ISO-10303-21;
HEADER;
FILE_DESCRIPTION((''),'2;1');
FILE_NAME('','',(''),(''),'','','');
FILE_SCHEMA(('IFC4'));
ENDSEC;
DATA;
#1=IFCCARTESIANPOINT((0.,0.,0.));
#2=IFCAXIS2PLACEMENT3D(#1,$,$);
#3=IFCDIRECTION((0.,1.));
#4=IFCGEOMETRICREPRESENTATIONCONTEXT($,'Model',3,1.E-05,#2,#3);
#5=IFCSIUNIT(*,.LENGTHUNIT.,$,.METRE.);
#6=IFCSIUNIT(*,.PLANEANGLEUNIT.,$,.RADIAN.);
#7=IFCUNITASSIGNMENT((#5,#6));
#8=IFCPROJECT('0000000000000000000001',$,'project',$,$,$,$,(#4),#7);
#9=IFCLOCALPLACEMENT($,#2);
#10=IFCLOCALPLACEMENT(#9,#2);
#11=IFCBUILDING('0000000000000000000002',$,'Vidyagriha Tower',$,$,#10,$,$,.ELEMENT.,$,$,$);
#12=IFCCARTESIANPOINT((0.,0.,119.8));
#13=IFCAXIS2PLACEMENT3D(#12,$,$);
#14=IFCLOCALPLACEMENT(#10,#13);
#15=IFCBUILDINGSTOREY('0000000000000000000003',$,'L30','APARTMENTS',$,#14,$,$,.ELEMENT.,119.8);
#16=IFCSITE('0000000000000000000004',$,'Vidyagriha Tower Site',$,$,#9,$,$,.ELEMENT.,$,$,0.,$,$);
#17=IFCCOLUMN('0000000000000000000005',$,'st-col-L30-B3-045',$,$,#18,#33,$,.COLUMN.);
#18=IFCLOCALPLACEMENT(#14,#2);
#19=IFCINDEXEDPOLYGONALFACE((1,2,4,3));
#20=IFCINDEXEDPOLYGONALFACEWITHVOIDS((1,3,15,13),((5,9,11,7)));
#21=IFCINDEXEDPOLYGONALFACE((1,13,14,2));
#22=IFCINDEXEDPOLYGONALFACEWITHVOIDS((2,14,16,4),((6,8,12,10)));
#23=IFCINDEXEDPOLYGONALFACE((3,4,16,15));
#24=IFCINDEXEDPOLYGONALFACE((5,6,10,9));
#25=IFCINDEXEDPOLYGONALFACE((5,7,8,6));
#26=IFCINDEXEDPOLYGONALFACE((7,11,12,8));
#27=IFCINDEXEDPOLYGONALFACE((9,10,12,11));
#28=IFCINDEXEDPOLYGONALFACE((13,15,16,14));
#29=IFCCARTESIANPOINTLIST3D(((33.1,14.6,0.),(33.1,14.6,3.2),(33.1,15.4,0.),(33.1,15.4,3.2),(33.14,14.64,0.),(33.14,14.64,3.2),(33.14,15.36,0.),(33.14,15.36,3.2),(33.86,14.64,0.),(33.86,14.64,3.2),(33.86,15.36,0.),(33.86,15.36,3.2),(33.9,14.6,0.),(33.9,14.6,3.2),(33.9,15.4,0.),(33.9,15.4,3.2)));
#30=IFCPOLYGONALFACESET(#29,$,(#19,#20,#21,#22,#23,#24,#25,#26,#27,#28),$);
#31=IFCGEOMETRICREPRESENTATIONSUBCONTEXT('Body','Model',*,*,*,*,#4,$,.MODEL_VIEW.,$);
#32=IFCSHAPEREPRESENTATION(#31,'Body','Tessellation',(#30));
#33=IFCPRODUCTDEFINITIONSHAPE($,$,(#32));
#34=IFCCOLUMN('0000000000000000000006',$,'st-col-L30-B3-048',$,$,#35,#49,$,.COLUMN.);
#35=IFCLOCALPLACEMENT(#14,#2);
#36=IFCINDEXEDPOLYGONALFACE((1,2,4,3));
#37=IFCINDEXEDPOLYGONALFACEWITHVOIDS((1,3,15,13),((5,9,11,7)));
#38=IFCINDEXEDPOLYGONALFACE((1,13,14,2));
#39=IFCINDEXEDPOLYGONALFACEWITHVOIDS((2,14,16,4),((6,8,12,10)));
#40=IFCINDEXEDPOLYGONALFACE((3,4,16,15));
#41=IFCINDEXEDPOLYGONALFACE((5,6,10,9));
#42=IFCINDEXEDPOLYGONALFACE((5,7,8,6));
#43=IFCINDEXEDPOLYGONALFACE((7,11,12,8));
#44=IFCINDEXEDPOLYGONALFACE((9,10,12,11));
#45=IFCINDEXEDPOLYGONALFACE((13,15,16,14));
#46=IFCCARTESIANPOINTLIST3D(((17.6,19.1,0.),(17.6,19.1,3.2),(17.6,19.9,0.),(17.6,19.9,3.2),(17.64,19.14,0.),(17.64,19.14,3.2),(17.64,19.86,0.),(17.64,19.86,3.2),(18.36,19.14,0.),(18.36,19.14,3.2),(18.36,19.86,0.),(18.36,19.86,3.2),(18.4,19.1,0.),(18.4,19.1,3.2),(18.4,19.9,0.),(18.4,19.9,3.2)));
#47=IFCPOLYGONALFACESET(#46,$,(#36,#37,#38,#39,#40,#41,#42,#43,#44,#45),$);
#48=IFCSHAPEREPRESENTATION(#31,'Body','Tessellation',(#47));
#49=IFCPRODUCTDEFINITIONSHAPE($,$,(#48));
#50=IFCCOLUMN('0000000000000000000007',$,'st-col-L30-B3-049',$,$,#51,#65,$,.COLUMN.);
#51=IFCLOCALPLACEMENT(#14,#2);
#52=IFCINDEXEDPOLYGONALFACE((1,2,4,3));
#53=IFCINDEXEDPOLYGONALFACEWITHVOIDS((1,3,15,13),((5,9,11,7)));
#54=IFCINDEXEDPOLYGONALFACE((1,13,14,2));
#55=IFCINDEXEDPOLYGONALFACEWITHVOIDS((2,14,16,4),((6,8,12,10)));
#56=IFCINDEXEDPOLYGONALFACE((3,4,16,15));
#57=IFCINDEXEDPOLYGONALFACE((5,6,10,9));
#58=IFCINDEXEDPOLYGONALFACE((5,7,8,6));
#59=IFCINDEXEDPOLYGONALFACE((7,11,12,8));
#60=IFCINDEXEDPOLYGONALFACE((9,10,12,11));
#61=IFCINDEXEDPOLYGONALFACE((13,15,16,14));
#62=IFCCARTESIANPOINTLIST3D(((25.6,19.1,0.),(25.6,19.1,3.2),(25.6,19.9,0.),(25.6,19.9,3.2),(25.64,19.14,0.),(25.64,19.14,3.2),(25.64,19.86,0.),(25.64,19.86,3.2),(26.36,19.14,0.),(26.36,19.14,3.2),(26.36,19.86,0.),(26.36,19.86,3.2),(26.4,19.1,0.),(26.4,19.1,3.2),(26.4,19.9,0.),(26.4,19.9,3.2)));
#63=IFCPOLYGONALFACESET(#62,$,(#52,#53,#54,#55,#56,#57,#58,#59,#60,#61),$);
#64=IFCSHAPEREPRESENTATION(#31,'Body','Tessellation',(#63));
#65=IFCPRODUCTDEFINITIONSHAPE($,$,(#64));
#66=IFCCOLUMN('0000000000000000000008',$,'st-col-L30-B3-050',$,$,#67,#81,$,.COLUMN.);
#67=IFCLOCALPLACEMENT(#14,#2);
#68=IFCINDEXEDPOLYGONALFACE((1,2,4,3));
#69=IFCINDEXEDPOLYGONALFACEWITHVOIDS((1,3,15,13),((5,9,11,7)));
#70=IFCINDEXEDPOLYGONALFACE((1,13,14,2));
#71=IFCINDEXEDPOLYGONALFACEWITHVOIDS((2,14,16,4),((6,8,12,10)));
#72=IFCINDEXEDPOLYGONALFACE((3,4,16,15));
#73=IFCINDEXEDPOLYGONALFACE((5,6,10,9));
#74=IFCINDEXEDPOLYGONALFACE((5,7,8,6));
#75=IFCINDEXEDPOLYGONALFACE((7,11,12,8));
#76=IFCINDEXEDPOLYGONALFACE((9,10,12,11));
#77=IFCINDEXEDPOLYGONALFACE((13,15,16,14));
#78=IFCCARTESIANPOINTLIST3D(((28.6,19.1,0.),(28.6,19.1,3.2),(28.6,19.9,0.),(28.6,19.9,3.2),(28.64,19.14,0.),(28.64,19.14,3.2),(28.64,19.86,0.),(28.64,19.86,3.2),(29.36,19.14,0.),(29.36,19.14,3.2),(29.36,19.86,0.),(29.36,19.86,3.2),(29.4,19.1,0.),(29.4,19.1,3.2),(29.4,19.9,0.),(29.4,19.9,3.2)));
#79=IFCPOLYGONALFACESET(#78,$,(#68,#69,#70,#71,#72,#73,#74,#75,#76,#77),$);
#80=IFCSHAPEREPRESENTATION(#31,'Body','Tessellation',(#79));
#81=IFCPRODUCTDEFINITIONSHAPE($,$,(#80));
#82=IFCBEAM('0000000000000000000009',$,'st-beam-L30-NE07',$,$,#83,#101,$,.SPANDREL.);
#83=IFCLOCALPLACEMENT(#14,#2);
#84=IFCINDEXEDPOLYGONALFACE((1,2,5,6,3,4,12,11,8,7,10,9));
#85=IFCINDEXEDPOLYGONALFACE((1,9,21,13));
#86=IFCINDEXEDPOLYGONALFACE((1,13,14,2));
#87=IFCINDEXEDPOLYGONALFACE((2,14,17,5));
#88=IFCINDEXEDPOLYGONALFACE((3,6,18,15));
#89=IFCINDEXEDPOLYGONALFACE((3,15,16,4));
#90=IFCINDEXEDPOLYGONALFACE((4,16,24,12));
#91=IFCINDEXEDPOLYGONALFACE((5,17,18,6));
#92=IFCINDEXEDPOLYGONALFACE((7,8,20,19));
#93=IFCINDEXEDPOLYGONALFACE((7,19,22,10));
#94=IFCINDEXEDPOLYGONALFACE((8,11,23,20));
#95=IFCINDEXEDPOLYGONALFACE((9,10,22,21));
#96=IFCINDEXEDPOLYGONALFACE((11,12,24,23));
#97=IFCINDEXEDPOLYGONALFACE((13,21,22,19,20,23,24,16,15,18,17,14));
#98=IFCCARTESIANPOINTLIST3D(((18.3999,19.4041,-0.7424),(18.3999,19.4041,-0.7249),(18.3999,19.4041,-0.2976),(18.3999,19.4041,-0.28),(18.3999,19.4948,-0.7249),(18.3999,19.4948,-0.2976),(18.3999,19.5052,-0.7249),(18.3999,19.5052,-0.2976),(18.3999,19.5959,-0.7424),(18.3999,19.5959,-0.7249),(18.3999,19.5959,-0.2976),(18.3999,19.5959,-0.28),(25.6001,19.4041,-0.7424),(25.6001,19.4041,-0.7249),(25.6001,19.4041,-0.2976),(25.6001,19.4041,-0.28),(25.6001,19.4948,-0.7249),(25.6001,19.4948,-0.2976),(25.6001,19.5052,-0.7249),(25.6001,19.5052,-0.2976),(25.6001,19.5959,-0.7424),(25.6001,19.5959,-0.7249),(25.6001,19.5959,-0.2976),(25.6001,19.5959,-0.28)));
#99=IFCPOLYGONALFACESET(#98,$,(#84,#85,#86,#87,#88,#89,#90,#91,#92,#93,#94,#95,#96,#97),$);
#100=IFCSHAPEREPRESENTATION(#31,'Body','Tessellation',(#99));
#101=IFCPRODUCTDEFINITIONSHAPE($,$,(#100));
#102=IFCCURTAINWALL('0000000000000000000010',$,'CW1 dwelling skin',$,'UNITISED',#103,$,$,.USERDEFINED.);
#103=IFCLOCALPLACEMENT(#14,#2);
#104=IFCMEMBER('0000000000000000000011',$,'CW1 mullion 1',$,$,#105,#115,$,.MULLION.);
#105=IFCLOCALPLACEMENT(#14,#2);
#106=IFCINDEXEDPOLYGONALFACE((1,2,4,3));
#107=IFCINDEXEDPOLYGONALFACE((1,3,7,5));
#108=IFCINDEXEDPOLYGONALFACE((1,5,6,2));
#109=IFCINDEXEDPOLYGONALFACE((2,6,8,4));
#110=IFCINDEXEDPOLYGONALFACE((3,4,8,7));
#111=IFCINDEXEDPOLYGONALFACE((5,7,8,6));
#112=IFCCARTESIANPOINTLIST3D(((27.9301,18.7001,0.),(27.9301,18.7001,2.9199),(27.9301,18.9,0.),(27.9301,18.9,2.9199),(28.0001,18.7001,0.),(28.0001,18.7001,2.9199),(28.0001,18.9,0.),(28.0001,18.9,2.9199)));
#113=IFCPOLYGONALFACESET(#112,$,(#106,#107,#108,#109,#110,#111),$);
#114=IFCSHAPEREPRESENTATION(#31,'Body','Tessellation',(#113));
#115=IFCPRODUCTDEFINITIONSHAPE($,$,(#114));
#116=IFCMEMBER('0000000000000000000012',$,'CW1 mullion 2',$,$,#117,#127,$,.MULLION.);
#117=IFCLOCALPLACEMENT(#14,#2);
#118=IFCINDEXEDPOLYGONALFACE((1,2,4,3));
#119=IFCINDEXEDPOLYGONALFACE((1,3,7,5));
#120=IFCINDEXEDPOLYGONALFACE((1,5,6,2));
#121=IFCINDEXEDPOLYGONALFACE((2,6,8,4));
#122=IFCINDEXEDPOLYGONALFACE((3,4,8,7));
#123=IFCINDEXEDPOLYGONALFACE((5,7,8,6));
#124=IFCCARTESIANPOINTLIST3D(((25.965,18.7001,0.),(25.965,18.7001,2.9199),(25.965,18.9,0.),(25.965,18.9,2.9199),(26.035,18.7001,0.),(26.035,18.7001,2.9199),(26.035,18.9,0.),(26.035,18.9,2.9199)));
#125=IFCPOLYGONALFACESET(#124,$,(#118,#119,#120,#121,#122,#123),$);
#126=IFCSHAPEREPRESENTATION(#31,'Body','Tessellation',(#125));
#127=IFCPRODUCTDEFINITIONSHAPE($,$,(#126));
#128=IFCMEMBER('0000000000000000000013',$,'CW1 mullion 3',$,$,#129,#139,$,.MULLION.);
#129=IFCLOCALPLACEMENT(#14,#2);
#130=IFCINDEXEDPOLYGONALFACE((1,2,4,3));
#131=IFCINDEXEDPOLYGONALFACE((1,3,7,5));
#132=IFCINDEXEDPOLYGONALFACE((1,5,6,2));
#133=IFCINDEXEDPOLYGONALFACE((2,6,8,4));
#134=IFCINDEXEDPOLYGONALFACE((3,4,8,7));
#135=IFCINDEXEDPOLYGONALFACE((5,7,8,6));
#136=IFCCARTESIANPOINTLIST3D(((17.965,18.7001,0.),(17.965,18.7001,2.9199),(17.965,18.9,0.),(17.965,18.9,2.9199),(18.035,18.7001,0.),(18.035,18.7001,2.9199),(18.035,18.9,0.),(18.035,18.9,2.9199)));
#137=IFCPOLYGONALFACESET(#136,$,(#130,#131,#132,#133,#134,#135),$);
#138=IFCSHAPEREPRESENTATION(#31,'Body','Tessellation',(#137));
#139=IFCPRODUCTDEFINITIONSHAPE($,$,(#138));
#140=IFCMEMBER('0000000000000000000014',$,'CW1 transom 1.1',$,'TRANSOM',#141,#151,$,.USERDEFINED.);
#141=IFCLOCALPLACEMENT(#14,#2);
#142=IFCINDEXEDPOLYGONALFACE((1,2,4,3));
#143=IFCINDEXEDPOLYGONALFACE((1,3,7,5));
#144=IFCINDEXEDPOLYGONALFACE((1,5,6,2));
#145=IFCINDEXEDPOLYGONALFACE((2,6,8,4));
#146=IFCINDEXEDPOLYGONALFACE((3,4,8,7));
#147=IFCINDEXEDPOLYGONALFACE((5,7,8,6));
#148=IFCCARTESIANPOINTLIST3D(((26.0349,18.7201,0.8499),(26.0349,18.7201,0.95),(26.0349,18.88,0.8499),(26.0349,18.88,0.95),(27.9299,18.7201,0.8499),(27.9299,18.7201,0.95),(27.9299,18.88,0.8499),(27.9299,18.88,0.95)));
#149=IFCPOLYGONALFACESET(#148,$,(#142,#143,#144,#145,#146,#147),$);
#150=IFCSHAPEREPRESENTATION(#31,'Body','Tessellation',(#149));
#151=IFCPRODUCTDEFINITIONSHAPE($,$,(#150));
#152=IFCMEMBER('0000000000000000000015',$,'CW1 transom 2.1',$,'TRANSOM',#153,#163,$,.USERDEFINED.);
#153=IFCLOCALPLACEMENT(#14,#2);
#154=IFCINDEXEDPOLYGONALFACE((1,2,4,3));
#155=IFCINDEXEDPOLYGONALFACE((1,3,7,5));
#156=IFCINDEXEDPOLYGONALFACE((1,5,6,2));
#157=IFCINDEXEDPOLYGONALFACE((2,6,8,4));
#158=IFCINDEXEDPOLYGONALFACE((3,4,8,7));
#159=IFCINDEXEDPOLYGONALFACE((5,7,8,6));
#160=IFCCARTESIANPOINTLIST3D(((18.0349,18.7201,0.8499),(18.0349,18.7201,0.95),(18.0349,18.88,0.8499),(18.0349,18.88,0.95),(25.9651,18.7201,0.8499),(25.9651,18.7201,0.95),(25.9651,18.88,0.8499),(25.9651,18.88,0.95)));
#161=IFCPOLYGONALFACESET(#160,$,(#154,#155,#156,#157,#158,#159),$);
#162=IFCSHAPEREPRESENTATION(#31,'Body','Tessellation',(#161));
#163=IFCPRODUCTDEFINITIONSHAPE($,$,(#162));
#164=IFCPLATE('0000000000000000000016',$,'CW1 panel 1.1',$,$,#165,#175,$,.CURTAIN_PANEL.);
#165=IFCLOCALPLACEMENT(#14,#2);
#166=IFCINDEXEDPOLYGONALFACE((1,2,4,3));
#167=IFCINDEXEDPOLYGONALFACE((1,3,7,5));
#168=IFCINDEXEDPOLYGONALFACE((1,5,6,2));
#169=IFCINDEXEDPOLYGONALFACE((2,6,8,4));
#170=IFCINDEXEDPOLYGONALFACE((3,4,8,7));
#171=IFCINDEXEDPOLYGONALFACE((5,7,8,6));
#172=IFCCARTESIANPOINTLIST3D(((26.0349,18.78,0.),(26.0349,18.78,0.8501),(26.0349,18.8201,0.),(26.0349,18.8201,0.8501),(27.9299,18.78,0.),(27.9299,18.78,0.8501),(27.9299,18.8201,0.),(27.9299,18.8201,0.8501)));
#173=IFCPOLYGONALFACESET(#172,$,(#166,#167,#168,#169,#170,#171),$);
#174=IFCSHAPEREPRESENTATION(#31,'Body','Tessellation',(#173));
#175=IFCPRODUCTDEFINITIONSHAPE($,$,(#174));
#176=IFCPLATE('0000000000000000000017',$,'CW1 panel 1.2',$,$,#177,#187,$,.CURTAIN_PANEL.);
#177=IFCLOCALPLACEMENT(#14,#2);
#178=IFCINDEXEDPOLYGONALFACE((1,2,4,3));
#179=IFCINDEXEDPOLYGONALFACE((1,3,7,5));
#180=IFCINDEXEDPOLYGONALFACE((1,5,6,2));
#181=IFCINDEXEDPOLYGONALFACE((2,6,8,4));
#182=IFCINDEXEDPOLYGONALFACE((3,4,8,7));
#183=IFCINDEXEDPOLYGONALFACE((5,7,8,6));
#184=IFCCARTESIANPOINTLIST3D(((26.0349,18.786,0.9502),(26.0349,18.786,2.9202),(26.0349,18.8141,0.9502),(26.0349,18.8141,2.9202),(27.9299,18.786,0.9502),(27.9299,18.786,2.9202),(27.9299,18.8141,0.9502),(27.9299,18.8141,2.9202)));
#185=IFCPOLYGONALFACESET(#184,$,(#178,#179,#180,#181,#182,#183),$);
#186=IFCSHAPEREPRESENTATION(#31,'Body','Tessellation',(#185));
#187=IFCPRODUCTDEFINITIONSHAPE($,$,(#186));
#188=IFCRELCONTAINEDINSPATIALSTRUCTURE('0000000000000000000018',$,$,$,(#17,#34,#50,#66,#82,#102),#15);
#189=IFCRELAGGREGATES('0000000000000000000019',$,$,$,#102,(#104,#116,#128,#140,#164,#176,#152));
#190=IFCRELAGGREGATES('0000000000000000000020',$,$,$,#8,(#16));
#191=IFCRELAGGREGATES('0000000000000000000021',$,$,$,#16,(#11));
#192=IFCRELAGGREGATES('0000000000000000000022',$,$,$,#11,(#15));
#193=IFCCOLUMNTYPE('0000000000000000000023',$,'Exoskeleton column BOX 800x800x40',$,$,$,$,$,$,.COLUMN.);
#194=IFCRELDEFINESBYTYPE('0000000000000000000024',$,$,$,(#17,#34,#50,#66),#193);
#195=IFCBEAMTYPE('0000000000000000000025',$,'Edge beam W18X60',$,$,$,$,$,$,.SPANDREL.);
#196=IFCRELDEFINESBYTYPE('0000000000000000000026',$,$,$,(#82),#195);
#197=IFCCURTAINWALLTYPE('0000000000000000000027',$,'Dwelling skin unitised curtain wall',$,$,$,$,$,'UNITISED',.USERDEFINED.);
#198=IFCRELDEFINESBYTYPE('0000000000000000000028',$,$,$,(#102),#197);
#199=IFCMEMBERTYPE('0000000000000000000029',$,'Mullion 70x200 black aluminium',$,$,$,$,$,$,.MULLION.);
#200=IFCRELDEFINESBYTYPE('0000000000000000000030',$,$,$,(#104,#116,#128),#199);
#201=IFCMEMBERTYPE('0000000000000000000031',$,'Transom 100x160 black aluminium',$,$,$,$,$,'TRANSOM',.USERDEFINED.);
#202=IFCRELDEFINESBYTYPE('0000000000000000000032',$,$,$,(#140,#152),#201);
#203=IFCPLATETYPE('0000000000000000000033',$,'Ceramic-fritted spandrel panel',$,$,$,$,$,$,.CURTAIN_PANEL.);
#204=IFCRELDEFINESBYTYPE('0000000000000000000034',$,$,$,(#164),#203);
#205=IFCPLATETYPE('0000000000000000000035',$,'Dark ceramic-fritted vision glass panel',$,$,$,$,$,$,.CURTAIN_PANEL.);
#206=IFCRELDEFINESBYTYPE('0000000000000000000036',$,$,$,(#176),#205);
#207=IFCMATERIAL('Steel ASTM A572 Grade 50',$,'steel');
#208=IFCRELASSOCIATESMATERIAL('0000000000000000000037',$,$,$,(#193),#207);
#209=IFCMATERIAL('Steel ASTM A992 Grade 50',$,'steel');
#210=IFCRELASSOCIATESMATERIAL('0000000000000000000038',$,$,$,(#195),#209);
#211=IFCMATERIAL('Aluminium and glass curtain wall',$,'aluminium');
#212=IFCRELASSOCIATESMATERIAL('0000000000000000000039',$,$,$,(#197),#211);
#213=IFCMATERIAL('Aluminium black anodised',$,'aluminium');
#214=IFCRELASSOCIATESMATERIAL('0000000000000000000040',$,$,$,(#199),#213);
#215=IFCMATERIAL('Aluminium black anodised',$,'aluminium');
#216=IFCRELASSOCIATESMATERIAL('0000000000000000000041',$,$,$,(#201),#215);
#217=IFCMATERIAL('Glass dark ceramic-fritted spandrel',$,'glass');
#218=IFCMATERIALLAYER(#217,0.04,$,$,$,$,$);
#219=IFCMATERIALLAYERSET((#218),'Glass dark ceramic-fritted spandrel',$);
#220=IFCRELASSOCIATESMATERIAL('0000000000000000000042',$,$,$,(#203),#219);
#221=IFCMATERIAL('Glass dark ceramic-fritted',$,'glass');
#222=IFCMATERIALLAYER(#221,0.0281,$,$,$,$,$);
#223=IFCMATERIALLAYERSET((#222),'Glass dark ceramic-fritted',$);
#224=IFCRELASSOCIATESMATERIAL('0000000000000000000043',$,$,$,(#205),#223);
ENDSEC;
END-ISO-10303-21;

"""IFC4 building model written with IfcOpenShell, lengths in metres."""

from ifc_helpers import new_model, si_unit, direction, frame, origin, origin_2d, place, context, subcontext, project, spatial, rectangle, hollow_rectangle, i_section, extrude, material, layer, layer_set, material_profile, profile_set, type_object, element, aggregate, save


model = new_model("IFC4")

# Units and contexts
model_context = context("Model", 3, precision=1e-05, world=origin(), true_north=direction((0.0, 1.0)))
body_context = subcontext(model_context, "Body", "Model", "MODEL_VIEW")
ifc_project = project(units=[si_unit("LENGTHUNIT", "METRE"), si_unit("PLANEANGLEUNIT", "RADIAN")], contexts=[model_context])

# Site, building, storey
site_placement = place(None, origin())
site = spatial("IfcSite", under=ifc_project, at=site_placement, Name="Vidyagriha Tower Site", CompositionType="ELEMENT", RefElevation=0.0)
building_placement = place(site_placement, origin())
building = spatial("IfcBuilding", under=site, at=building_placement, Name="Vidyagriha Tower", CompositionType="ELEMENT")
storey_placement = place(building_placement, frame((0.0, 0.0, 119.8)))
storey = spatial("IfcBuildingStorey", under=building, at=storey_placement, Name="L30", Description="APARTMENTS", CompositionType="ELEMENT", Elevation=119.8)

# Columns
ifc_material_1 = material(Name="Steel ASTM A572 Grade 50", Category="steel")
ifc_material_profile_1 = material_profile(ifc_material_1, hollow_rectangle(XDim=0.8, YDim=0.8, WallThickness=0.04, at=origin_2d()), Name="BOX 800x800x40")
ifc_profile_set_1 = profile_set([ifc_material_profile_1], Name="Steel ASTM A572 Grade 50")
column_type = type_object("IfcColumnType", Name="Exoskeleton column BOX 800x800x40", PredefinedType="COLUMN", material=ifc_profile_set_1)
for number, where, name in (
    (1, (33.5, 15.0, 0.0), "st-col-L30-B3-045"),
    (2, (18.0, 19.5, 0.0), "st-col-L30-B3-048"),
    (3, (26.0, 19.5, 0.0), "st-col-L30-B3-049"),
    (4, (29.0, 19.5, 0.0), "st-col-L30-B3-050"),
):
    element("IfcColumn", number, at=place(storey_placement, frame(where)), inside=storey, type_object=column_type, Name=name, PredefinedType="COLUMN", context=body_context, shape_type="SweptSolid", body=[
        extrude(hollow_rectangle(XDim=0.8, YDim=0.8, WallThickness=0.04, at=origin_2d()), origin(), (0.0, 0.0, 1.0), 3.2),
    ])

# Beam
ifc_material_2 = material(Name="Steel ASTM A992 Grade 50", Category="steel")
ifc_material_profile_2 = material_profile(ifc_material_2, i_section(OverallWidth=0.1919, OverallDepth=0.4624, WebThickness=0.0105, FlangeThickness=0.0176, at=origin_2d()), Name="W18X60")
ifc_profile_set_2 = profile_set([ifc_material_profile_2], Name="Steel ASTM A992 Grade 50")
beam_type = type_object("IfcBeamType", Name="Edge beam W18X60", PredefinedType="SPANDREL", material=ifc_profile_set_2)
beam_placement = place(storey_placement, frame((18.3999, 19.5, -0.5112), z_axis=(1.0, 0.0, 0.0), x_axis=(0.0, 1.0, 0.0)))
element("IfcBeam", 5, at=beam_placement, inside=storey, type_object=beam_type, Name="st-beam-L30-NE07", PredefinedType="SPANDREL", context=body_context, shape_type="SweptSolid", body=[
    extrude(i_section(OverallWidth=0.1919, OverallDepth=0.4624, WebThickness=0.0105, FlangeThickness=0.0176, at=origin_2d()), origin(), (0.0, 0.0, 1.0), 7.2002),
])

# Curtain wall, members, plates
ifc_material_3 = material(Name="Aluminium and glass curtain wall", Category="aluminium")
curtain_wall_type = type_object("IfcCurtainWallType", Name="Dwelling skin unitised curtain wall", ElementType="UNITISED", PredefinedType="USERDEFINED", material=ifc_material_3)
curtain_wall_placement = place(storey_placement, origin())
curtain_wall = element("IfcCurtainWall", 6, at=curtain_wall_placement, inside=storey, type_object=curtain_wall_type, Name="CW1 dwelling skin", ObjectType="UNITISED", PredefinedType="USERDEFINED")
ifc_material_4 = material(Name="Aluminium black anodised", Category="aluminium")
ifc_material_profile_3 = material_profile(ifc_material_4, rectangle(XDim=0.2, YDim=0.0701, at=origin_2d()), Name="Mullion 70x200 black aluminium")
ifc_profile_set_3 = profile_set([ifc_material_profile_3], Name="Aluminium black anodised")
member_type_1 = type_object("IfcMemberType", Name="Mullion 70x200 black aluminium", PredefinedType="MULLION", material=ifc_profile_set_3)
member_1_placement = place(storey_placement, frame((27.9651, 18.8, 0.0), z_axis=(0.0, 0.0, 1.0), x_axis=(0.0, -1.0, 0.0)))
member_1 = element("IfcMember", 7, at=member_1_placement, type_object=member_type_1, Name="CW1 mullion 1", PredefinedType="MULLION", context=body_context, shape_type="SweptSolid", body=[
    extrude(rectangle(XDim=0.2, YDim=0.0701, at=origin_2d()), origin(), (0.0, 0.0, 1.0), 2.9199),
])
member_2_placement = place(storey_placement, frame((26.0, 18.8, 0.0), z_axis=(0.0, 0.0, 1.0), x_axis=(0.0, -1.0, 0.0)))
member_2 = element("IfcMember", 8, at=member_2_placement, type_object=member_type_1, Name="CW1 mullion 2", PredefinedType="MULLION", context=body_context, shape_type="SweptSolid", body=[
    extrude(rectangle(XDim=0.2, YDim=0.0701, at=origin_2d()), origin(), (0.0, 0.0, 1.0), 2.9199),
])
member_3_placement = place(storey_placement, frame((18.0, 18.8, 0.0), z_axis=(0.0, 0.0, 1.0), x_axis=(0.0, -1.0, 0.0)))
member_3 = element("IfcMember", 9, at=member_3_placement, type_object=member_type_1, Name="CW1 mullion 3", PredefinedType="MULLION", context=body_context, shape_type="SweptSolid", body=[
    extrude(rectangle(XDim=0.2, YDim=0.0701, at=origin_2d()), origin(), (0.0, 0.0, 1.0), 2.9199),
])
ifc_material_5 = material(Name="Aluminium black anodised", Category="aluminium")
ifc_material_profile_4 = material_profile(ifc_material_5, rectangle(XDim=0.1599, YDim=0.1001, at=origin_2d()), Name="Transom 100x160 black aluminium")
ifc_profile_set_4 = profile_set([ifc_material_profile_4], Name="Aluminium black anodised")
member_type_2 = type_object("IfcMemberType", Name="Transom 100x160 black aluminium", ElementType="TRANSOM", PredefinedType="USERDEFINED", material=ifc_profile_set_4)
member_4_placement = place(storey_placement, frame((27.9299, 18.8, 0.8999), z_axis=(-1.0, 0.0, 0.0), x_axis=(0.0, -1.0, 0.0)))
member_4 = element("IfcMember", 10, at=member_4_placement, type_object=member_type_2, Name="CW1 transom 1.1", ObjectType="TRANSOM", PredefinedType="USERDEFINED", context=body_context, shape_type="SweptSolid", body=[
    extrude(rectangle(XDim=0.1599, YDim=0.1001, at=origin_2d()), origin(), (0.0, 0.0, 1.0), 1.895),
])
member_5_placement = place(storey_placement, frame((25.9651, 18.8, 0.8999), z_axis=(-1.0, 0.0, 0.0), x_axis=(0.0, -1.0, 0.0)))
member_5 = element("IfcMember", 11, at=member_5_placement, type_object=member_type_2, Name="CW1 transom 2.1", ObjectType="TRANSOM", PredefinedType="USERDEFINED", context=body_context, shape_type="SweptSolid", body=[
    extrude(rectangle(XDim=0.1599, YDim=0.1001, at=origin_2d()), origin(), (0.0, 0.0, 1.0), 7.9302),
])
ifc_material_6 = material(Name="Glass dark ceramic-fritted spandrel", Category="glass")
ifc_layer_1 = layer(ifc_material_6, 0.04)
ifc_layer_set_1 = layer_set([ifc_layer_1], Name="Glass dark ceramic-fritted spandrel")
plate_type_1 = type_object("IfcPlateType", Name="Ceramic-fritted spandrel panel", PredefinedType="CURTAIN_PANEL", material=ifc_layer_set_1)
plate_1_placement = place(storey_placement, frame((26.9824, 18.8, 0.0), z_axis=(0.0, 0.0, 1.0), x_axis=(-1.0, 0.0, 0.0)))
plate_1 = element("IfcPlate", 12, at=plate_1_placement, type_object=plate_type_1, Name="CW1 panel 1.1", PredefinedType="CURTAIN_PANEL", context=body_context, shape_type="SweptSolid", body=[
    extrude(rectangle(XDim=1.895, YDim=0.04, at=origin_2d()), origin(), (0.0, 0.0, 1.0), 0.8501),
])
ifc_material_7 = material(Name="Glass dark ceramic-fritted", Category="glass")
ifc_layer_2 = layer(ifc_material_7, 0.0281)
ifc_layer_set_2 = layer_set([ifc_layer_2], Name="Glass dark ceramic-fritted")
plate_type_2 = type_object("IfcPlateType", Name="Dark ceramic-fritted vision glass panel", PredefinedType="CURTAIN_PANEL", material=ifc_layer_set_2)
plate_2_placement = place(storey_placement, frame((26.9824, 18.8, 0.9502), z_axis=(0.0, 0.0, 1.0), x_axis=(-1.0, 0.0, 0.0)))
plate_2 = element("IfcPlate", 13, at=plate_2_placement, type_object=plate_type_2, Name="CW1 panel 1.2", PredefinedType="CURTAIN_PANEL", context=body_context, shape_type="SweptSolid", body=[
    extrude(rectangle(XDim=1.895, YDim=0.0281, at=origin_2d()), origin(), (0.0, 0.0, 1.0), 1.97),
])
aggregate(curtain_wall, [member_1, member_2, member_3, member_4, plate_1, plate_2, member_5])

save(model, "model.ifc")
